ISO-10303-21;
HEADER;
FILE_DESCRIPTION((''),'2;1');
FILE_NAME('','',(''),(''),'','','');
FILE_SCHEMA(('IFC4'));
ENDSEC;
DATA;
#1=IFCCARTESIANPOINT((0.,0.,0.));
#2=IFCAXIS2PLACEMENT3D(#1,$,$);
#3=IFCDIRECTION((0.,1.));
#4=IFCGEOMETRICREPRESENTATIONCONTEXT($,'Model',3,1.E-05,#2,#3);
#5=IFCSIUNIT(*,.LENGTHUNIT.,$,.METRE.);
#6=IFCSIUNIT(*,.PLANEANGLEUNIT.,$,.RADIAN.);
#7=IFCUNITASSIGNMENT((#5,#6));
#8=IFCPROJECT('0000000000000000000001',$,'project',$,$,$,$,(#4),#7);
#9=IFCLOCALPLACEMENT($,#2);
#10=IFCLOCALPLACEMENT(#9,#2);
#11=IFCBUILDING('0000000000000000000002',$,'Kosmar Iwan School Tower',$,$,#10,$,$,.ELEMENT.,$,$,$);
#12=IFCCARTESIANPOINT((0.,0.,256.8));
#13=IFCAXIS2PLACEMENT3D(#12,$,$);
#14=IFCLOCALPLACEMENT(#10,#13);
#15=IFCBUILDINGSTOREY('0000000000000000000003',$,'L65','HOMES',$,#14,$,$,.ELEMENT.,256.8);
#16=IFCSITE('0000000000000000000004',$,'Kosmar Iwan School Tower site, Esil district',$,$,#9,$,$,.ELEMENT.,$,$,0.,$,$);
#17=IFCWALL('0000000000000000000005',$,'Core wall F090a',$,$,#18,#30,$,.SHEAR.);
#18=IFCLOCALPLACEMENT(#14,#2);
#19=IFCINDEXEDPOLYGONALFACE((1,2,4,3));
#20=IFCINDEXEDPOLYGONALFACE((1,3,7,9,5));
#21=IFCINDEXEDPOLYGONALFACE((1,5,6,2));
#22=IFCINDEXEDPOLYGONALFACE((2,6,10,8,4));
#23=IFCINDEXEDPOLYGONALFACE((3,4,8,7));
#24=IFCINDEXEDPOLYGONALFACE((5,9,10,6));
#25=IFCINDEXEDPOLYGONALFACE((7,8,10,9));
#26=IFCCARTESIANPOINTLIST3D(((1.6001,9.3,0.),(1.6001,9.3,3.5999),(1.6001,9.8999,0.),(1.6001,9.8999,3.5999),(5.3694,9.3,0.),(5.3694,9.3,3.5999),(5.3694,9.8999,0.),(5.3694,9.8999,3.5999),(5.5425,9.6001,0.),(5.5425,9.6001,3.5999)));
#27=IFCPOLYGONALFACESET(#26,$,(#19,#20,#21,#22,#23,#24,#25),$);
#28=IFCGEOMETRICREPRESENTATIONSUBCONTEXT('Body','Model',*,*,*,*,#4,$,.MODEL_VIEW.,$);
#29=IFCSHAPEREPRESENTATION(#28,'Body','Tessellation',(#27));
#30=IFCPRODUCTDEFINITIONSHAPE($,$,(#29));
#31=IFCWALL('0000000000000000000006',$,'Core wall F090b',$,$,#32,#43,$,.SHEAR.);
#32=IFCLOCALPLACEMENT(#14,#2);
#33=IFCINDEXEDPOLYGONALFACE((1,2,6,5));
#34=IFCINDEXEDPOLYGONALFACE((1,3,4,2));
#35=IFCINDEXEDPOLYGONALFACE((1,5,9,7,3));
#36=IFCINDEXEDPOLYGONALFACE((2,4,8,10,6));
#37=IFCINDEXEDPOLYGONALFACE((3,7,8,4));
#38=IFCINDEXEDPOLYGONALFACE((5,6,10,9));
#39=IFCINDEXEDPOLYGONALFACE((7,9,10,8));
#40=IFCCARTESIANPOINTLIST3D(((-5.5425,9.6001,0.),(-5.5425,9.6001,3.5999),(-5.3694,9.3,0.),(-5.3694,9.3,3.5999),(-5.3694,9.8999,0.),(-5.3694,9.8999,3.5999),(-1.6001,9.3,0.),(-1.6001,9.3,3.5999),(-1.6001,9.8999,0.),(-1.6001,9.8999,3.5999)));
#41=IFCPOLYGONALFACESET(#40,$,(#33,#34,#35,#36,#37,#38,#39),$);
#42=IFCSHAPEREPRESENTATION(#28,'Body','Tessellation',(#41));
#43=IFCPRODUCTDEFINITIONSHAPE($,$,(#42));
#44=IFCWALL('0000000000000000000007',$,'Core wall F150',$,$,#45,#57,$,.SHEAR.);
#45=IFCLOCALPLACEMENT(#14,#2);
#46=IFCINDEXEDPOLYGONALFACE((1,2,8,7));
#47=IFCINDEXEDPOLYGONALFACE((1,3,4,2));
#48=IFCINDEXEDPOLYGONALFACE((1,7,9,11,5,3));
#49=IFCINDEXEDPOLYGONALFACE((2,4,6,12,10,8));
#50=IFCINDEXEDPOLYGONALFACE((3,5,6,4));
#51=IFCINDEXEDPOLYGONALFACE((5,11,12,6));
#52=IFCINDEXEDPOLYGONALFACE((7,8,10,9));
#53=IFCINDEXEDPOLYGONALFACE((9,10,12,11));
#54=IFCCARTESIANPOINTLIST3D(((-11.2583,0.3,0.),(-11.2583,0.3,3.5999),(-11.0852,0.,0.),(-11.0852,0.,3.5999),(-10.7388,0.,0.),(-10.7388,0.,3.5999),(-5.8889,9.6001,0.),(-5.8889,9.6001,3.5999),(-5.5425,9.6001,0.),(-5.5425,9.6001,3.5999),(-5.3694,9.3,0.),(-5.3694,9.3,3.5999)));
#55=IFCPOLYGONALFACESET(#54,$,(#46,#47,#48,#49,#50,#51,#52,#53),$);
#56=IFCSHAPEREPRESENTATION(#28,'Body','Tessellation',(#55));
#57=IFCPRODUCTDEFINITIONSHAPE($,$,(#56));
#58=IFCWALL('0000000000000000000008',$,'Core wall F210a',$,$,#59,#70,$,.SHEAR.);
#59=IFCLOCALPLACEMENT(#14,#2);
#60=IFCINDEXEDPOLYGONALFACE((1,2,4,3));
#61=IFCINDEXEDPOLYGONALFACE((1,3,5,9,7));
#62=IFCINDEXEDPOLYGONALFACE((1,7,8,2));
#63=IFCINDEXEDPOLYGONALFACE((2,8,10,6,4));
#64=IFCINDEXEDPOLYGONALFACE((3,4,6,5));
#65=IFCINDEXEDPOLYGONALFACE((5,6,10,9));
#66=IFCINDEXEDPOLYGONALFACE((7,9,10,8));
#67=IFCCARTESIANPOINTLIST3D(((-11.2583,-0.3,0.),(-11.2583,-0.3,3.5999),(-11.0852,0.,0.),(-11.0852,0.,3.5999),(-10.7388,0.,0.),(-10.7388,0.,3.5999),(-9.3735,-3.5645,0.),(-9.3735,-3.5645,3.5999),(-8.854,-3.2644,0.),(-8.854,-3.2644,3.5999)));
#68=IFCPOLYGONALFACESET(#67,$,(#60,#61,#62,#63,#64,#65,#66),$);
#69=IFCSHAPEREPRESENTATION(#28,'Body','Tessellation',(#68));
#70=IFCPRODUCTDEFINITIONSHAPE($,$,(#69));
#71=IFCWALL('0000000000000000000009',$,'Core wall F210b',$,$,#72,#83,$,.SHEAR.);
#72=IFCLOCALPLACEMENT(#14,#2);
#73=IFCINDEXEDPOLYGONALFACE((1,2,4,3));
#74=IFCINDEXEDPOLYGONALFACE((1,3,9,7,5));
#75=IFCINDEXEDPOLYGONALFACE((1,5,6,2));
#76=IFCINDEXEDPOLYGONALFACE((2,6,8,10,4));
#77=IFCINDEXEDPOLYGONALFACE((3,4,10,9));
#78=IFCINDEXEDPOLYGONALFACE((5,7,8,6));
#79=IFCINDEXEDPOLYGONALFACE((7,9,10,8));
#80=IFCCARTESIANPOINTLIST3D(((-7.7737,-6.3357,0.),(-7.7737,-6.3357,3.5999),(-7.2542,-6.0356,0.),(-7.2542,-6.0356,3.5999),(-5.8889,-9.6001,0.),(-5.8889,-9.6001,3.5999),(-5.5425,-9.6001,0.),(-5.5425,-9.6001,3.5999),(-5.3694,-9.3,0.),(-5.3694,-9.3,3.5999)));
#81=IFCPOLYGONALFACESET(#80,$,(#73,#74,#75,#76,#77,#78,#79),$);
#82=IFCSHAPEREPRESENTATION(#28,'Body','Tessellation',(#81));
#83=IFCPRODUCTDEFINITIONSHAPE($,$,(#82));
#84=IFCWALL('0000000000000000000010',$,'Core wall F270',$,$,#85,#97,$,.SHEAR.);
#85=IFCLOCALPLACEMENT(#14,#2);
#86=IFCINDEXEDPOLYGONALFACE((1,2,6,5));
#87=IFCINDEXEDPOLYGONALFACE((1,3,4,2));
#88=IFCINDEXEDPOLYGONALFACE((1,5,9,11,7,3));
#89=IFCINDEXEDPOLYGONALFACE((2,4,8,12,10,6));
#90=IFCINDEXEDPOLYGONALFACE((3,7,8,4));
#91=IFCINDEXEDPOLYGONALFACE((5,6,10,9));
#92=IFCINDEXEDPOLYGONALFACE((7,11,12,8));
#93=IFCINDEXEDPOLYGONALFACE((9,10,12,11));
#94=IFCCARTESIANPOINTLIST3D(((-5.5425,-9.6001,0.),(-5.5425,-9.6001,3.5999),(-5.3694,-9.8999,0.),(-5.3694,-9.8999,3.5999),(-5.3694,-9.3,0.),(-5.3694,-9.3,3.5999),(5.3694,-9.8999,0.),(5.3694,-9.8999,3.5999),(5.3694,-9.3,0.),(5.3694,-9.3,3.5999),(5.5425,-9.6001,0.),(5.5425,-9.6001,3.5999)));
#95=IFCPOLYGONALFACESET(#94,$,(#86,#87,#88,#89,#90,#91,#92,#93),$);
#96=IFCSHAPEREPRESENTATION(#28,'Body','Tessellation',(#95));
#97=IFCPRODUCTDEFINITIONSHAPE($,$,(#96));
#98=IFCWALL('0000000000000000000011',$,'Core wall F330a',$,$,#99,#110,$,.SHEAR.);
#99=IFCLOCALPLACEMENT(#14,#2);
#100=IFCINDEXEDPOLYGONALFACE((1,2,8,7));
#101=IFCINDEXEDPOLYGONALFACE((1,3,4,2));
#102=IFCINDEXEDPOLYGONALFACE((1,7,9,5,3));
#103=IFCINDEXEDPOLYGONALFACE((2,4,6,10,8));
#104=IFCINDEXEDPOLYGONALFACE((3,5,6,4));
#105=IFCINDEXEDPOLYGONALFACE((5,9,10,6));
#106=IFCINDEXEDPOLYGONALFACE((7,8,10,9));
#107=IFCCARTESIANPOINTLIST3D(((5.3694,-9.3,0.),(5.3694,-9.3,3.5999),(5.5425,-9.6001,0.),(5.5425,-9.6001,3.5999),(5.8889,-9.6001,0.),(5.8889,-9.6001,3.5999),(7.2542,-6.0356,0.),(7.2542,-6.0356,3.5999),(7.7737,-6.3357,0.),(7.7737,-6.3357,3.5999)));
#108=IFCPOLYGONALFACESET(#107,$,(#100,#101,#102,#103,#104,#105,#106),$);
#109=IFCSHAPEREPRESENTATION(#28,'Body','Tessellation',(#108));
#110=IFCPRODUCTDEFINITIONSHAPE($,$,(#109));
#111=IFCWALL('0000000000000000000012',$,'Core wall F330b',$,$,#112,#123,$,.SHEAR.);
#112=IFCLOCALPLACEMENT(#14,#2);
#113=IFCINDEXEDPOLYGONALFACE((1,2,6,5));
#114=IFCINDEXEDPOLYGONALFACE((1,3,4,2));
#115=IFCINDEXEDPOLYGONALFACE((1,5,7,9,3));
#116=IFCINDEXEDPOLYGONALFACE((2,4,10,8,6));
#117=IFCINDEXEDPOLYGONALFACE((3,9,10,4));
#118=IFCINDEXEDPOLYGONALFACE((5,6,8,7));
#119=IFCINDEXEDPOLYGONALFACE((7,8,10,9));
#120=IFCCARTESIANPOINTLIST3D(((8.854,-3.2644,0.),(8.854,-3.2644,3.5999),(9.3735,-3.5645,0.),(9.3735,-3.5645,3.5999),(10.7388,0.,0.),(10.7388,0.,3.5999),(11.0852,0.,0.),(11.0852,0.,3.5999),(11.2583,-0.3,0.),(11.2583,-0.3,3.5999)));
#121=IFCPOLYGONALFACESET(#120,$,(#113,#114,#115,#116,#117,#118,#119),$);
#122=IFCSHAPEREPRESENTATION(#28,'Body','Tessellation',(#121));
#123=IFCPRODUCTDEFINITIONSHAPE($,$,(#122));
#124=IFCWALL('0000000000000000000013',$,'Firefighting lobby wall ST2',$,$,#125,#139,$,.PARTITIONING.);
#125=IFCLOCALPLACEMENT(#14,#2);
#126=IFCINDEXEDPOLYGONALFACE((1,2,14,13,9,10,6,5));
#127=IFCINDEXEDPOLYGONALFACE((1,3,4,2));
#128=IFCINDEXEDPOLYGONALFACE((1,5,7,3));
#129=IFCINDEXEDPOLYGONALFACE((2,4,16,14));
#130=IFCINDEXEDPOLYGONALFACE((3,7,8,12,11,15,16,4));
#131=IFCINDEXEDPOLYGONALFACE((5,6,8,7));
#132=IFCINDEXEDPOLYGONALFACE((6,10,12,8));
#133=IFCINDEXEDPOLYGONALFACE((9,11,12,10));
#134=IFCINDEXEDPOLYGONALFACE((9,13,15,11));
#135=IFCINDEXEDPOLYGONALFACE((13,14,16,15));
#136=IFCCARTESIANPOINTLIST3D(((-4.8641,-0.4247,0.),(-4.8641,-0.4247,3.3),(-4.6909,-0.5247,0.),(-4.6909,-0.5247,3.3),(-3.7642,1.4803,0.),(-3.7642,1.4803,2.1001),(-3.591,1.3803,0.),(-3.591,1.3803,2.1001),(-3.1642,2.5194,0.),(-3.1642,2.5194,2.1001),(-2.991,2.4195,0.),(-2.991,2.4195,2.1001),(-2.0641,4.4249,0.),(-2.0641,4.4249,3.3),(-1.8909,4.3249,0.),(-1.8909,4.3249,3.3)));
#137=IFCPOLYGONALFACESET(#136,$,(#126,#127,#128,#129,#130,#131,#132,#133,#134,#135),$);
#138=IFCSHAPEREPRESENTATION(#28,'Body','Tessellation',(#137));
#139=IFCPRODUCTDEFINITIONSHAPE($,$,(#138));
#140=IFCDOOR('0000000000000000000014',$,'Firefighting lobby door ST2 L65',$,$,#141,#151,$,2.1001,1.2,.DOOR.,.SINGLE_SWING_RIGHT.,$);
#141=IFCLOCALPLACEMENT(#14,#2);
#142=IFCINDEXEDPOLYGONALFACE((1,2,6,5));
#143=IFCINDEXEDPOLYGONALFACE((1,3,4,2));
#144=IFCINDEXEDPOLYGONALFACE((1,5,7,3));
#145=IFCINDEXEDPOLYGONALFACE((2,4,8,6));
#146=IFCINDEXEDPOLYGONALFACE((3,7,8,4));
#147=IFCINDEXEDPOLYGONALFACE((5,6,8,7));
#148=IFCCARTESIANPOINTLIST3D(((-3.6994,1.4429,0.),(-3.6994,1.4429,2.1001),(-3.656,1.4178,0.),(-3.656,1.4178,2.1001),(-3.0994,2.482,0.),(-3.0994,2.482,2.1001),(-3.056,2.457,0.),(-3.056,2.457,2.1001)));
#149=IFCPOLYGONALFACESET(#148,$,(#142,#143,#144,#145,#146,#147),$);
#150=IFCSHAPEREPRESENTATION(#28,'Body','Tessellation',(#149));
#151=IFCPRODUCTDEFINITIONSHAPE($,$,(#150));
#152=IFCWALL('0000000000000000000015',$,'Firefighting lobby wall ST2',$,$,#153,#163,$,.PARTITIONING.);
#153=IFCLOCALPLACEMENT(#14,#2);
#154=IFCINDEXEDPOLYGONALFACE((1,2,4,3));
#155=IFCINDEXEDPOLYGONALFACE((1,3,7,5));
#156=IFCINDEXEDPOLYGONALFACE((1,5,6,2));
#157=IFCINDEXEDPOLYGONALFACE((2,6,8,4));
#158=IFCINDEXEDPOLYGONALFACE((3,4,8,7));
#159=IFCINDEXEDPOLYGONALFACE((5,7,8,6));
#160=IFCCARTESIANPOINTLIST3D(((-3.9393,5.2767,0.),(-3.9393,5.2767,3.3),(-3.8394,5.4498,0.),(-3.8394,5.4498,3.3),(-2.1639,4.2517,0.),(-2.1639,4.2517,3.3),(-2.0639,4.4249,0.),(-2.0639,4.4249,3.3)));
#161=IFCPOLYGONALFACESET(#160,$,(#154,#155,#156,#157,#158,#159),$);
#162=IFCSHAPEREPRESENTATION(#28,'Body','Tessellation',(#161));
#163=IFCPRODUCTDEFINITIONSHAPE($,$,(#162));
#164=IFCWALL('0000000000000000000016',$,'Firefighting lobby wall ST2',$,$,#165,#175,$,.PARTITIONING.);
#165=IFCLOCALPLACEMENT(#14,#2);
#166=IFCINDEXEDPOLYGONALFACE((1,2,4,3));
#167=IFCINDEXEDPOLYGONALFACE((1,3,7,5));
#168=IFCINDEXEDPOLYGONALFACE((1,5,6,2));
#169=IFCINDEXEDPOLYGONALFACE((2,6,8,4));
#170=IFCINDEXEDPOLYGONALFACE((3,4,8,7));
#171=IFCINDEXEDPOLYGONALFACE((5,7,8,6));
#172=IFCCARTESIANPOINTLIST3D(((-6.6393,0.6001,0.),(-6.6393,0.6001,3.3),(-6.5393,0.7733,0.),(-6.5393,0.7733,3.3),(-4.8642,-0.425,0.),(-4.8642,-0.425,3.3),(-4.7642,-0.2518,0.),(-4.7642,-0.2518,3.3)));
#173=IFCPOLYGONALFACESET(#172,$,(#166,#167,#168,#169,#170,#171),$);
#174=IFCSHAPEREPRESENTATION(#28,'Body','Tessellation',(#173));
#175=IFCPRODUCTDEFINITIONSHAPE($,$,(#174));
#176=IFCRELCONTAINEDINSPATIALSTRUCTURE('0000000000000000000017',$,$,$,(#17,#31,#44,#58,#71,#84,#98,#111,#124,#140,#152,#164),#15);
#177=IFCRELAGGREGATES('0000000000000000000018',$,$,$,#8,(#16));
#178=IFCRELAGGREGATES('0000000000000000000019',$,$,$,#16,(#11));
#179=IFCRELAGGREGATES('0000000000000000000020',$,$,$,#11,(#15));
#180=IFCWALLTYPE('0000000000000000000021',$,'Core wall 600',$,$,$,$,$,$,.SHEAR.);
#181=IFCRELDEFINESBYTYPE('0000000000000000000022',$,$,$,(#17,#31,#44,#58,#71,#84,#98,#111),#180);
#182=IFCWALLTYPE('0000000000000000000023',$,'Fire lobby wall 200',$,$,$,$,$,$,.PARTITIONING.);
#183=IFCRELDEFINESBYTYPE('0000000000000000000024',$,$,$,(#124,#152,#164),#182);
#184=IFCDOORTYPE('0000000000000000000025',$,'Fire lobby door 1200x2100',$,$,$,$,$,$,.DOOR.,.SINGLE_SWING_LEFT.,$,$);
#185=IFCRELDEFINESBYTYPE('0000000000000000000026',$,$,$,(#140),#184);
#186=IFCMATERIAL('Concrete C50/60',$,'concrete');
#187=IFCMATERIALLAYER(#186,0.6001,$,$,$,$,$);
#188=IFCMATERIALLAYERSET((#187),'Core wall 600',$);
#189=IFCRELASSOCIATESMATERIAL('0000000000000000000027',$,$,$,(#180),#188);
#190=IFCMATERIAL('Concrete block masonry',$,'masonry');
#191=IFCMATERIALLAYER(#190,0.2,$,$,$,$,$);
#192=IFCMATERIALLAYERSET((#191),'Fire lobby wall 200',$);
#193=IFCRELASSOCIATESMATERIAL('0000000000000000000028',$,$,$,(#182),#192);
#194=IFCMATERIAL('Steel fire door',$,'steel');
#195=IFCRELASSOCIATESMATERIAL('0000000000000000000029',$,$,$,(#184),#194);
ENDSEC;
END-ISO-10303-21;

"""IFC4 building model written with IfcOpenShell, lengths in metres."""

from ifc_helpers import new_model, si_unit, direction, frame, frame_2d, origin, place, context, subcontext, project, spatial, polyline, rectangle, outline, extrude, material, layer, layer_set, type_object, element, fill, save


model = new_model("IFC4")

# Units and contexts
model_context = context("Model", 3, precision=1e-05, world=origin(), true_north=direction((0.0, 1.0)))
body_context = subcontext(model_context, "Body", "Model", "MODEL_VIEW")
ifc_project = project(units=[si_unit("LENGTHUNIT", "METRE"), si_unit("PLANEANGLEUNIT", "RADIAN")], contexts=[model_context])

# Site, building, storey
site_placement = place(None, origin())
site = spatial("IfcSite", under=ifc_project, at=site_placement, Name="Kosmar Iwan School Tower site, Esil district", CompositionType="ELEMENT", RefElevation=0.0)
building_placement = place(site_placement, origin())
building = spatial("IfcBuilding", under=site, at=building_placement, Name="Kosmar Iwan School Tower", CompositionType="ELEMENT")
storey_placement = place(building_placement, frame((0.0, 0.0, 256.8)))
storey = spatial("IfcBuildingStorey", under=building, at=storey_placement, Name="L65", Description="HOMES", CompositionType="ELEMENT", Elevation=256.8)

# Walls
ifc_material_1 = material(Name="Concrete C50/60", Category="concrete")
ifc_layer_1 = layer(ifc_material_1, 0.6001)
ifc_layer_set_1 = layer_set([ifc_layer_1], Name="Core wall 600")
wall_type_1 = type_object("IfcWallType", Name="Core wall 600", PredefinedType="SHEAR", material=ifc_layer_set_1)
wall_1_placement = place(storey_placement, origin())
element("IfcWall", 1, at=wall_1_placement, inside=storey, type_object=wall_type_1, Name="Core wall F090a", PredefinedType="SHEAR", context=body_context, shape_type="SweptSolid", body=[
    extrude(outline(polyline([(1.6001, 9.3), (5.3694, 9.3), (5.5425, 9.6001), (5.3694, 9.8999), (1.6001, 9.8999), (1.6001, 9.3)])), origin(), (0.0, 0.0, 1.0), 3.5999),
])
wall_2_placement = place(storey_placement, origin())
element("IfcWall", 2, at=wall_2_placement, inside=storey, type_object=wall_type_1, Name="Core wall F090b", PredefinedType="SHEAR", context=body_context, shape_type="SweptSolid", body=[
    extrude(outline(polyline([(-5.3694, 9.3), (-1.6001, 9.3), (-1.6001, 9.8999), (-5.3694, 9.8999), (-5.5425, 9.6001), (-5.3694, 9.3)])), origin(), (0.0, 0.0, 1.0), 3.5999),
])
wall_3_placement = place(storey_placement, origin())
element("IfcWall", 3, at=wall_3_placement, inside=storey, type_object=wall_type_1, Name="Core wall F150", PredefinedType="SHEAR", context=body_context, shape_type="SweptSolid", body=[
    extrude(outline(polyline([(-11.0852, 0.0), (-10.7388, 0.0), (-5.3694, 9.3), (-5.5425, 9.6001), (-5.8889, 9.6001), (-11.2583, 0.3), (-11.0852, 0.0)])), origin(), (0.0, 0.0, 1.0), 3.5999),
])
wall_4_placement = place(storey_placement, origin())
element("IfcWall", 4, at=wall_4_placement, inside=storey, type_object=wall_type_1, Name="Core wall F210a", PredefinedType="SHEAR", context=body_context, shape_type="SweptSolid", body=[
    extrude(outline(polyline([(-9.3735, -3.5645), (-8.854, -3.2644), (-10.7388, 0.0), (-11.0852, 0.0), (-11.2583, -0.3), (-9.3735, -3.5645)])), origin(), (0.0, 0.0, 1.0), 3.5999),
])
wall_5_placement = place(storey_placement, origin())
element("IfcWall", 5, at=wall_5_placement, inside=storey, type_object=wall_type_1, Name="Core wall F210b", PredefinedType="SHEAR", context=body_context, shape_type="SweptSolid", body=[
    extrude(outline(polyline([(-5.8889, -9.6001), (-5.5425, -9.6001), (-5.3694, -9.3), (-7.2542, -6.0356), (-7.7737, -6.3357), (-5.8889, -9.6001)])), origin(), (0.0, 0.0, 1.0), 3.5999),
])
wall_6_placement = place(storey_placement, origin())
element("IfcWall", 6, at=wall_6_placement, inside=storey, type_object=wall_type_1, Name="Core wall F270", PredefinedType="SHEAR", context=body_context, shape_type="SweptSolid", body=[
    extrude(outline(polyline([(-5.3694, -9.8999), (5.3694, -9.8999), (5.5425, -9.6001), (5.3694, -9.3), (-5.3694, -9.3), (-5.5425, -9.6001), (-5.3694, -9.8999)])), origin(), (0.0, 0.0, 1.0), 3.5999),
])
wall_7_placement = place(storey_placement, origin())
element("IfcWall", 7, at=wall_7_placement, inside=storey, type_object=wall_type_1, Name="Core wall F330a", PredefinedType="SHEAR", context=body_context, shape_type="SweptSolid", body=[
    extrude(outline(polyline([(5.5425, -9.6001), (5.8889, -9.6001), (7.7737, -6.3357), (7.2542, -6.0356), (5.3694, -9.3), (5.5425, -9.6001)])), origin(), (0.0, 0.0, 1.0), 3.5999),
])
wall_8_placement = place(storey_placement, origin())
element("IfcWall", 8, at=wall_8_placement, inside=storey, type_object=wall_type_1, Name="Core wall F330b", PredefinedType="SHEAR", context=body_context, shape_type="SweptSolid", body=[
    extrude(outline(polyline([(9.3735, -3.5645), (11.2583, -0.3), (11.0852, 0.0), (10.7388, 0.0), (8.854, -3.2644), (9.3735, -3.5645)])), origin(), (0.0, 0.0, 1.0), 3.5999),
])

# Wall, opening, door
ifc_material_2 = material(Name="Concrete block masonry", Category="masonry")
ifc_layer_2 = layer(ifc_material_2, 0.2)
ifc_layer_set_2 = layer_set([ifc_layer_2], Name="Fire lobby wall 200")
wall_type_2 = type_object("IfcWallType", Name="Fire lobby wall 200", PredefinedType="PARTITIONING", material=ifc_layer_set_2)
wall_9_placement = place(storey_placement, frame((-1.9775, 4.3748, 0.0), z_axis=(0.0, 0.0, 1.0), x_axis=(-0.500017, -0.866016, 0.0)))
wall_9 = element("IfcWall", 9, at=wall_9_placement, inside=storey, type_object=wall_type_2, Name="Firefighting lobby wall ST2", PredefinedType="PARTITIONING", context=body_context, shape_type="SweptSolid", body=[
    extrude(rectangle(XDim=5.5999, YDim=0.2, at=frame_2d((2.7998, 0.0))), origin(), (0.0, 0.0, 1.0), 3.3),
])
opening_1_placement = place(wall_9_placement, frame((2.2, 0.0, 0.0)))
opening_1 = element("IfcOpeningElement", 10, at=opening_1_placement, cuts=wall_9, PredefinedType="OPENING", context=body_context, shape_type="SweptSolid", body=[
    extrude(rectangle(XDim=1.2, YDim=2.1001, at=frame_2d((0.6001, 1.05))), frame((0.0, 0.1121, 0.0), z_axis=(0.0, -1.0, 0.0), x_axis=(1.0, 0.0, 0.0)), (0.0, 0.0, 1.0), 0.2239),
])
ifc_material_3 = material(Name="Steel fire door", Category="steel")
door_type_1 = type_object("IfcDoorType", Name="Fire lobby door 1200x2100", OperationType="SINGLE_SWING_LEFT", PredefinedType="DOOR", material=ifc_material_3)
door_1_placement = place(opening_1_placement, origin())
door_1 = element("IfcDoor", 11, at=door_1_placement, inside=storey, type_object=door_type_1, Name="Firefighting lobby door ST2 L65", OperationType="SINGLE_SWING_RIGHT", OverallHeight=2.1001, OverallWidth=1.2, PredefinedType="DOOR", context=body_context, shape_type="SweptSolid", body=[
    extrude(rectangle(XDim=1.2, YDim=2.1001, at=frame_2d((0.6001, 1.05))), frame((0.0, 0.0249, 0.0), z_axis=(0.0, -1.0, 0.0), x_axis=(1.0, 0.0, 0.0)), (0.0, 0.0, 1.0), 0.05),
])
fill(opening_1, door_1)

# Walls
wall_10_placement = place(storey_placement, frame((-2.114, 4.3384, 0.0), z_axis=(0.0, 0.0, 1.0), x_axis=(-0.866051, 0.499956, 0.0)))
element("IfcWall", 12, at=wall_10_placement, inside=storey, type_object=wall_type_2, Name="Firefighting lobby wall ST2", PredefinedType="PARTITIONING", context=body_context, shape_type="SweptSolid", body=[
    extrude(rectangle(XDim=2.05, YDim=0.2, at=frame_2d((1.0249, 0.0))), origin(), (0.0, 0.0, 1.0), 3.3),
])
wall_11_placement = place(storey_placement, frame((-4.8142, -0.3384, 0.0), z_axis=(0.0, 0.0, 1.0), x_axis=(-0.865969, 0.500097, 0.0)))
element("IfcWall", 13, at=wall_11_placement, inside=storey, type_object=wall_type_2, Name="Firefighting lobby wall ST2", PredefinedType="PARTITIONING", context=body_context, shape_type="SweptSolid", body=[
    extrude(rectangle(XDim=2.0498, YDim=0.2, at=frame_2d((1.0249, 0.0))), origin(), (0.0, 0.0, 1.0), 3.3),
])

save(model, "model.ifc")
